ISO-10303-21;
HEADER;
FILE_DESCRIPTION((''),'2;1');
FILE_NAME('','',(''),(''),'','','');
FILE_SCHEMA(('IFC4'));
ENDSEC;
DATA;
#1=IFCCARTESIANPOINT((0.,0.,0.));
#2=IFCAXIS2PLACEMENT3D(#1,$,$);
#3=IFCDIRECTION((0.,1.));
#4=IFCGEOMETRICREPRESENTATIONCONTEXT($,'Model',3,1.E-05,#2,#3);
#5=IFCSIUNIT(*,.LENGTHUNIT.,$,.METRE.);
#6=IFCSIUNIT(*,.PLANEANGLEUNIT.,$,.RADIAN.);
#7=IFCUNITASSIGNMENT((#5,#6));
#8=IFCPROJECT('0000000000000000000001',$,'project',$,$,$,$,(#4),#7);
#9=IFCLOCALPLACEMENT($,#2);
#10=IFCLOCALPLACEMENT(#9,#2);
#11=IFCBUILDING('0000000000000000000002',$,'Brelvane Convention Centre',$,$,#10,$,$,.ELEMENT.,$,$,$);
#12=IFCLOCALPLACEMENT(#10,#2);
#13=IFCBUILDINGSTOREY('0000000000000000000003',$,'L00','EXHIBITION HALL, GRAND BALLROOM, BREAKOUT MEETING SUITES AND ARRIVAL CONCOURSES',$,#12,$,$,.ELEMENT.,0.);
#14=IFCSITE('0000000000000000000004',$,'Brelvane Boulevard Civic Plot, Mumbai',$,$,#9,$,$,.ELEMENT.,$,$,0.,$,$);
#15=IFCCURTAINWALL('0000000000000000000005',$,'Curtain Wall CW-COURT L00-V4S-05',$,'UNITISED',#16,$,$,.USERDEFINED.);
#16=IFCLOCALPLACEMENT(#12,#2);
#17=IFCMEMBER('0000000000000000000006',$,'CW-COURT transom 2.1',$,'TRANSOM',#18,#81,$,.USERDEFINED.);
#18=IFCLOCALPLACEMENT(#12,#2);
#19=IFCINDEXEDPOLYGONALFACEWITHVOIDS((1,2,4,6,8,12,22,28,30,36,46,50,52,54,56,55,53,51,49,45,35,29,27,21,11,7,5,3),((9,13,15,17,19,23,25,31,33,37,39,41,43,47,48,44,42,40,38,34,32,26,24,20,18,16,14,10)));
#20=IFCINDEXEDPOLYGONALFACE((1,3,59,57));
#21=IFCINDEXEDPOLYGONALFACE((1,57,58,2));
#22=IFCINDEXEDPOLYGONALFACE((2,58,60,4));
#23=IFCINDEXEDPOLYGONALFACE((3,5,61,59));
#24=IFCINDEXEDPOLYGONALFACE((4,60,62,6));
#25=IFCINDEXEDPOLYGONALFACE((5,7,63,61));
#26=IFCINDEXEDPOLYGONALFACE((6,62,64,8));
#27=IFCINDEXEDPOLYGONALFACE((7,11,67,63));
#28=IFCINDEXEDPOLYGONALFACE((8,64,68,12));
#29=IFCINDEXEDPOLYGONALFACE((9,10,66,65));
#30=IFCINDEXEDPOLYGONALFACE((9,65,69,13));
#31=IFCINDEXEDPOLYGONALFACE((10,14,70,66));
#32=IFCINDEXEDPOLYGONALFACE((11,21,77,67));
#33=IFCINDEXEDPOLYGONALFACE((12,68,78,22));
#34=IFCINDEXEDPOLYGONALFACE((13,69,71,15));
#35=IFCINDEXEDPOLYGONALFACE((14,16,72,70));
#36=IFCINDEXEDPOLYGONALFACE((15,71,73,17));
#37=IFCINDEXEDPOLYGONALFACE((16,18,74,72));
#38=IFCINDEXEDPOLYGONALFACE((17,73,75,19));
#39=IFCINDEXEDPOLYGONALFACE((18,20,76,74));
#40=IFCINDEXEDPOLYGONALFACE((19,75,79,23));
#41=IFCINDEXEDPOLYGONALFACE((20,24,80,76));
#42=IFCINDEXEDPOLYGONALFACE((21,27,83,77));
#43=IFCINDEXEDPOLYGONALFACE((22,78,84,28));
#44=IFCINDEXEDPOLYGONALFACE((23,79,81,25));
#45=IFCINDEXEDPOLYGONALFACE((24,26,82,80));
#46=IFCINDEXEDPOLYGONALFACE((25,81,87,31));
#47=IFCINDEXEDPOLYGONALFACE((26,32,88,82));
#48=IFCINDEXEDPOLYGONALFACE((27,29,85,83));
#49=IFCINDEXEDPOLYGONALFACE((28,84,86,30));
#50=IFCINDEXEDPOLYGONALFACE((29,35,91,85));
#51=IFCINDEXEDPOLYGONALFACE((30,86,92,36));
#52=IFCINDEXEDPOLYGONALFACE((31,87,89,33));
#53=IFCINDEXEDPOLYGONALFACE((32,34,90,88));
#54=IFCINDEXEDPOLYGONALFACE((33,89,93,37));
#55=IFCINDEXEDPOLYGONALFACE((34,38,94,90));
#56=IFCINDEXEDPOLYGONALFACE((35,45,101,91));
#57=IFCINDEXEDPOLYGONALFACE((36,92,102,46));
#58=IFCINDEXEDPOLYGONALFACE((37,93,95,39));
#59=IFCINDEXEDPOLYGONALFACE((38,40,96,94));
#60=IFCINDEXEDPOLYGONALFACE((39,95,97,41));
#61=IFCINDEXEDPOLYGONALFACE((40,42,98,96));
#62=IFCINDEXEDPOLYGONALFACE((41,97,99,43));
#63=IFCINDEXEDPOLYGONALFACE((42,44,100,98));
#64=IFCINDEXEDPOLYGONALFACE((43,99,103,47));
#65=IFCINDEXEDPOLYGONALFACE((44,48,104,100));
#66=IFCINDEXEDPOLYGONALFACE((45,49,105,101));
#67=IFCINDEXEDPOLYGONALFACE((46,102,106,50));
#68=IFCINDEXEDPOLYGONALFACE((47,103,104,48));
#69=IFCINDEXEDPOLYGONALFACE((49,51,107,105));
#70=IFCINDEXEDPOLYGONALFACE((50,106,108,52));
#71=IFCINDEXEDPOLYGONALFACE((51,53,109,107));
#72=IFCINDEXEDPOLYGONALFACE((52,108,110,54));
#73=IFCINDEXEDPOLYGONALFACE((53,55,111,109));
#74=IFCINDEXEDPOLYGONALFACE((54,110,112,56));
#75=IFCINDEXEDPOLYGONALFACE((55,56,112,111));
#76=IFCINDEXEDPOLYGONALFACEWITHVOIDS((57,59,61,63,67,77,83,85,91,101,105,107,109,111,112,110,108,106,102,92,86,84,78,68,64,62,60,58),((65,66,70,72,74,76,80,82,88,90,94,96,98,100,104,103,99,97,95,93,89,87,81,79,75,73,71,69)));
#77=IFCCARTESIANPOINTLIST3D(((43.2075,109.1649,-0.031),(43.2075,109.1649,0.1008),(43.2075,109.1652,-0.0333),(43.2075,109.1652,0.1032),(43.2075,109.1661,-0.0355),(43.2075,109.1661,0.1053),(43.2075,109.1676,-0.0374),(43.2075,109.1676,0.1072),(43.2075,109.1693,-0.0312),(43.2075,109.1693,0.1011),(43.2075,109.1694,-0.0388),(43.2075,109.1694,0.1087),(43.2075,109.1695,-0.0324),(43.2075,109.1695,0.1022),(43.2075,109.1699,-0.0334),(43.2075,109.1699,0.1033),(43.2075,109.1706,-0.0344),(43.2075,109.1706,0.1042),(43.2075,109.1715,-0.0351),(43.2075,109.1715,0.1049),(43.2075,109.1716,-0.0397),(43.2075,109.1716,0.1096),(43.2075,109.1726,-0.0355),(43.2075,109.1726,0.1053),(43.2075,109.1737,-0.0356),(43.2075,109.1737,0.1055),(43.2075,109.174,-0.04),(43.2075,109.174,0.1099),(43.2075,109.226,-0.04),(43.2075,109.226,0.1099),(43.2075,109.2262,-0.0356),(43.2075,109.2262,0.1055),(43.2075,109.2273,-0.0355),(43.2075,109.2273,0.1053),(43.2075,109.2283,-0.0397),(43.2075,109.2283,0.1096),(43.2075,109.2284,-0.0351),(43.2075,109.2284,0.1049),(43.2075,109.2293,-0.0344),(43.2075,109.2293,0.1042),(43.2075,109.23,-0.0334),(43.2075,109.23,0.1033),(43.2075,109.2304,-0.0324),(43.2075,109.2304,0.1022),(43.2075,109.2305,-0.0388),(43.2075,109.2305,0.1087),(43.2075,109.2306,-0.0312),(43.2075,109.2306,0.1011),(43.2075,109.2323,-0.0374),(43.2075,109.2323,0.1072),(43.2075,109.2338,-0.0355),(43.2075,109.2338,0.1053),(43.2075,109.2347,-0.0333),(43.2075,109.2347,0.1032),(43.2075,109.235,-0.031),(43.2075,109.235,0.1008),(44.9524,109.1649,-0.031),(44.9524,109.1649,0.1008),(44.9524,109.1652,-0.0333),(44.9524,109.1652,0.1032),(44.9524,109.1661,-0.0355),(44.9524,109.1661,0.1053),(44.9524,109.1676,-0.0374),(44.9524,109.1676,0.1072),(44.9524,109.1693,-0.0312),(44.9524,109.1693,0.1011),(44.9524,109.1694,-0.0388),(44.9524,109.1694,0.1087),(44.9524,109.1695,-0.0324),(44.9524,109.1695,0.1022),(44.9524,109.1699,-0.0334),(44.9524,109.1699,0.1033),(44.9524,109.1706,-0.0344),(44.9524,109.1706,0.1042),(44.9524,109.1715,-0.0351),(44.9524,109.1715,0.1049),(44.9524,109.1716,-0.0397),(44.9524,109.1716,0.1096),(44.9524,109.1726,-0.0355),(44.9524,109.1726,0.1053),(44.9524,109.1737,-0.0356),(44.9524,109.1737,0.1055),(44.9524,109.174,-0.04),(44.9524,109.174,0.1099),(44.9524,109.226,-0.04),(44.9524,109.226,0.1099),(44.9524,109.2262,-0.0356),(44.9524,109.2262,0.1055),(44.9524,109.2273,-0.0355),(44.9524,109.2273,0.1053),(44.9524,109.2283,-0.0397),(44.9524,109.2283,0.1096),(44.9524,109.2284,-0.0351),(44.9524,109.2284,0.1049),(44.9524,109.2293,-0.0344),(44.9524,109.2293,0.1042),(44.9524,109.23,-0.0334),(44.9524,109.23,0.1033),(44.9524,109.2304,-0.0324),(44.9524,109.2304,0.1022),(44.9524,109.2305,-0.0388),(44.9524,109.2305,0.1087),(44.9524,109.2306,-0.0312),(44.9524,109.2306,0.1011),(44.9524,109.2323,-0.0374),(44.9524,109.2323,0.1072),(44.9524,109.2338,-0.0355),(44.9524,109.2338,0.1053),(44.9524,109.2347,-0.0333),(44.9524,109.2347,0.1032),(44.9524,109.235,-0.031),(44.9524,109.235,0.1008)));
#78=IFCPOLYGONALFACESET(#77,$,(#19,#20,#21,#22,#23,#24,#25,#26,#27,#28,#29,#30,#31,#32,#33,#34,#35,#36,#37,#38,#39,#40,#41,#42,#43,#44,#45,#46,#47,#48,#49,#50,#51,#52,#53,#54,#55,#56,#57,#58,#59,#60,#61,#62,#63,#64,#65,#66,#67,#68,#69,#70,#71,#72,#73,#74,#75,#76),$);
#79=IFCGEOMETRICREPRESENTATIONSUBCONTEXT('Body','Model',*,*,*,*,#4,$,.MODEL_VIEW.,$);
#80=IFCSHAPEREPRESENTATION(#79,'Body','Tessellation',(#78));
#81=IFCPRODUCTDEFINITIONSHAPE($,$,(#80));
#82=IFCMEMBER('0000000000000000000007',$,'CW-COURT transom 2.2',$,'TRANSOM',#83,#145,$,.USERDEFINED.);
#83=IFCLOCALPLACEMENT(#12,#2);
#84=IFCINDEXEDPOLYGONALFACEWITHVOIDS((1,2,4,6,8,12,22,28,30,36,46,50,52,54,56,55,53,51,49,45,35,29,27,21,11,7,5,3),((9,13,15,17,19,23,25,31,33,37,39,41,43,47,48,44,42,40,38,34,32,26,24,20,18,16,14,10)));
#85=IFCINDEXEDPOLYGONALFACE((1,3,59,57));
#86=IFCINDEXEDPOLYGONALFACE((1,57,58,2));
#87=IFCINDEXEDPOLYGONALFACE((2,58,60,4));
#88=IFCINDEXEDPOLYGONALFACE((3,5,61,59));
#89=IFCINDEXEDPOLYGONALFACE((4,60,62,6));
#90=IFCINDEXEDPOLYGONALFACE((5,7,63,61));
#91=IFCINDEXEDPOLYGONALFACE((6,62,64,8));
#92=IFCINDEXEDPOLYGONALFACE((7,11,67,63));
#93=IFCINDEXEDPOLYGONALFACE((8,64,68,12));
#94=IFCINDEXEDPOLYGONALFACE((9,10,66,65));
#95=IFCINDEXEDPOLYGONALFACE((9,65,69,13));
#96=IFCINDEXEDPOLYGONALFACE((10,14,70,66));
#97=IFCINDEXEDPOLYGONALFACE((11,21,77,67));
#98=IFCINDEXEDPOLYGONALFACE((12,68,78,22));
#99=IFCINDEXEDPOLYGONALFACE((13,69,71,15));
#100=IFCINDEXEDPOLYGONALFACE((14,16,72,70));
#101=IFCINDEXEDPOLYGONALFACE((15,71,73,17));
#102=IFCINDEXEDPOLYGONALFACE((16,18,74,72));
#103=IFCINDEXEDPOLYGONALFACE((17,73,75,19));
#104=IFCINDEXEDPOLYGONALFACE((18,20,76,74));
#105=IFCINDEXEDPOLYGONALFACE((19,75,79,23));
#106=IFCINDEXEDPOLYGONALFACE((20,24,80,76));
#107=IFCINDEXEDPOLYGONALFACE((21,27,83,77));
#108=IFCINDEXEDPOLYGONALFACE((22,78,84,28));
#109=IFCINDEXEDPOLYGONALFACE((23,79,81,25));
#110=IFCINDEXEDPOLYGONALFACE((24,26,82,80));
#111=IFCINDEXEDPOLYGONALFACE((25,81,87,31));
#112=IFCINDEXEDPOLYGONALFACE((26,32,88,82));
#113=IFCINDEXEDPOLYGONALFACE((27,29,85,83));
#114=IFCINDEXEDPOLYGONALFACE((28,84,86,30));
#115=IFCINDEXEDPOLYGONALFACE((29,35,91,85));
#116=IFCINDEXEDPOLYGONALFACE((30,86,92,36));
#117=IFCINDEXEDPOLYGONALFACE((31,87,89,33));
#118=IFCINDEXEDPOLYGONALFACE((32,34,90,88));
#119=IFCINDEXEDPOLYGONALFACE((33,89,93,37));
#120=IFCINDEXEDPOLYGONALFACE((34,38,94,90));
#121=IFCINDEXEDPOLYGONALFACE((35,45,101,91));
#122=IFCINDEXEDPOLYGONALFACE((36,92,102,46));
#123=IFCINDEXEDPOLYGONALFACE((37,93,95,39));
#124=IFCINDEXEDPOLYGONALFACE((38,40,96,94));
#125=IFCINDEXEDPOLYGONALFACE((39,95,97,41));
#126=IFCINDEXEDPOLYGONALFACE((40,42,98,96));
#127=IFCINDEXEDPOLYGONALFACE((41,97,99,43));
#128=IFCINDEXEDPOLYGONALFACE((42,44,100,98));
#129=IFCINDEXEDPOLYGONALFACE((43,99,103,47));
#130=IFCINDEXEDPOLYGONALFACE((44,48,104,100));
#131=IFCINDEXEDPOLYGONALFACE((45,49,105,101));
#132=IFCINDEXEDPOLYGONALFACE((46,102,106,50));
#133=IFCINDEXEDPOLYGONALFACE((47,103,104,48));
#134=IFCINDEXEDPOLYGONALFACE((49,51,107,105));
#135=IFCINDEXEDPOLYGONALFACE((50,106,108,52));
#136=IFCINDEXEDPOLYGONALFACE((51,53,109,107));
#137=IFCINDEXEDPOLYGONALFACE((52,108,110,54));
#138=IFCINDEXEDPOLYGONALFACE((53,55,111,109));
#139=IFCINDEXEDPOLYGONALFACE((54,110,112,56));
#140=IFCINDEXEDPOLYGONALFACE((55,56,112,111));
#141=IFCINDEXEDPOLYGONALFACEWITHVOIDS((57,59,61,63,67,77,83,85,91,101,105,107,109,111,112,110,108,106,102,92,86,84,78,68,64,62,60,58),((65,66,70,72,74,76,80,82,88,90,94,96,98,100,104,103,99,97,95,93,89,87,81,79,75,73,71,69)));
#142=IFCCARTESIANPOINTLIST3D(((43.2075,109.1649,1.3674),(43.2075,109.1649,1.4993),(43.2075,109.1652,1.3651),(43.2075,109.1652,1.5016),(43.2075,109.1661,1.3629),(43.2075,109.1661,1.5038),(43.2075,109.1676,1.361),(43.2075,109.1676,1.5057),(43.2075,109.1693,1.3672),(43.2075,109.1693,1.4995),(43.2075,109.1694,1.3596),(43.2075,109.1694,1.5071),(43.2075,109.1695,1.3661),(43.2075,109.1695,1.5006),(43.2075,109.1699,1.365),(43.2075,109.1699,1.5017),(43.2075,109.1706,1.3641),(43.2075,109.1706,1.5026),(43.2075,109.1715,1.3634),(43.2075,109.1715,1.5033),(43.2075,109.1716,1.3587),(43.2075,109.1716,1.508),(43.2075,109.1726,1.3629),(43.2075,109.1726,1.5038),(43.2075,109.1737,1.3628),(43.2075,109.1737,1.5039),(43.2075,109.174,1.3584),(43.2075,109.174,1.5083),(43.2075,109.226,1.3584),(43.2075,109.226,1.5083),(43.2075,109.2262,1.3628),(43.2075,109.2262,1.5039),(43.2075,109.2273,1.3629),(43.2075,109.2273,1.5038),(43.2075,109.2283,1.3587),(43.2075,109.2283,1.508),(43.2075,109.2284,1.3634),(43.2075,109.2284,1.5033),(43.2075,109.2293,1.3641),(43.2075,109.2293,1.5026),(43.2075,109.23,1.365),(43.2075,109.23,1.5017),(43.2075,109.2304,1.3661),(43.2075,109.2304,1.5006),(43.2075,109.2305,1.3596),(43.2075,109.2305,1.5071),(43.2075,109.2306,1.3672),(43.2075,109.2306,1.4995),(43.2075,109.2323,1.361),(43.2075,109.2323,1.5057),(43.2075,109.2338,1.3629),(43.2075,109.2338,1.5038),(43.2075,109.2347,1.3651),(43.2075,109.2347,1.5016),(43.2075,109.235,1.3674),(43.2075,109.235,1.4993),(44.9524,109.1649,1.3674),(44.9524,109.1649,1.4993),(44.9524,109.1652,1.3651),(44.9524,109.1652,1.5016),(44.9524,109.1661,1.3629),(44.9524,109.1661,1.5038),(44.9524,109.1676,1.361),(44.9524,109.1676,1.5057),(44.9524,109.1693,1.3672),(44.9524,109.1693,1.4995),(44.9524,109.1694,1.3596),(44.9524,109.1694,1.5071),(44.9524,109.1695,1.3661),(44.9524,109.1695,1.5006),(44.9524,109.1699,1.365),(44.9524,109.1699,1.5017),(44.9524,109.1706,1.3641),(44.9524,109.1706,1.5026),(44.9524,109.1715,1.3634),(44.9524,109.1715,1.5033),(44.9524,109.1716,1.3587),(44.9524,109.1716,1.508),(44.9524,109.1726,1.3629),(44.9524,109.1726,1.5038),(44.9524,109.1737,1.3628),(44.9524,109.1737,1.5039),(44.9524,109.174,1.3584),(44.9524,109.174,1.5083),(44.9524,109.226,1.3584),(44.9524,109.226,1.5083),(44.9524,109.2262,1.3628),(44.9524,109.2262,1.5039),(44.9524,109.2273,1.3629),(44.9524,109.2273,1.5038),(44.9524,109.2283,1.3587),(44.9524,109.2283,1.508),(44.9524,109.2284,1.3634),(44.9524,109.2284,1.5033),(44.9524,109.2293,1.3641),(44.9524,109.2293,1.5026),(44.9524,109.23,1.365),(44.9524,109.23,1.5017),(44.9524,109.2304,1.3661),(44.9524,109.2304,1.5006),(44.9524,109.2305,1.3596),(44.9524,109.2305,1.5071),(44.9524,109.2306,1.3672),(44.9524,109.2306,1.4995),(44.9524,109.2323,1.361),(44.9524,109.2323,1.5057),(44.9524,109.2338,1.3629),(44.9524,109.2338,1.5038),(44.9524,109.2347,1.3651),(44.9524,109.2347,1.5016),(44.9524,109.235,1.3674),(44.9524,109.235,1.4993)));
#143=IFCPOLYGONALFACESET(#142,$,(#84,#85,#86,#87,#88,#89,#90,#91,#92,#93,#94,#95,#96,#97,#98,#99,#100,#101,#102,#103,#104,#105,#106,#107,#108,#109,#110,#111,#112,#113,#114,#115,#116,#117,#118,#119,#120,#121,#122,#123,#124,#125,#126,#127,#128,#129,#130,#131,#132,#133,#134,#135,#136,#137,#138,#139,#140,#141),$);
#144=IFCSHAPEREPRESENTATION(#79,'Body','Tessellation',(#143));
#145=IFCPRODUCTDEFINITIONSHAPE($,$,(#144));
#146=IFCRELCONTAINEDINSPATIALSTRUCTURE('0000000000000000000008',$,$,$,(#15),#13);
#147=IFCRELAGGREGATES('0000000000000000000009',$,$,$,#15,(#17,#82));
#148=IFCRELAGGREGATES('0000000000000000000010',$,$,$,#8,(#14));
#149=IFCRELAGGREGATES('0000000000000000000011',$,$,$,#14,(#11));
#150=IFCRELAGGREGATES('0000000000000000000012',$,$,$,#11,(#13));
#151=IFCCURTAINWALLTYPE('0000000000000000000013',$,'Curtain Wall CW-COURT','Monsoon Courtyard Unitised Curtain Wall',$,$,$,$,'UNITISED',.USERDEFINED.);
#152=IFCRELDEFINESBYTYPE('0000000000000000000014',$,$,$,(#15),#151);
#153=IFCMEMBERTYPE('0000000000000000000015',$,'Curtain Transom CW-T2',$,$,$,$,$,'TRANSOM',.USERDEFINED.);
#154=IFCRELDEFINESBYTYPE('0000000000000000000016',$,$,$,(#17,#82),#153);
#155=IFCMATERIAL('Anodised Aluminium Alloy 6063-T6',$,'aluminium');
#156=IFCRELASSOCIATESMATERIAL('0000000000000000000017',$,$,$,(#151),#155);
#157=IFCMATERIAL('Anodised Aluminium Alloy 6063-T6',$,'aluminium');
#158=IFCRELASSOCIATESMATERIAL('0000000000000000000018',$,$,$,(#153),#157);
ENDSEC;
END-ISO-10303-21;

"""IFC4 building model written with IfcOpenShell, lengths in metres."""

from ifc_helpers import new_model, si_unit, direction, frame, origin, origin_2d, place, context, subcontext, project, spatial, hollow_rectangle, extrude, material, material_profile, profile_set, type_object, element, aggregate, save


model = new_model("IFC4")

# Units and contexts
model_context = context("Model", 3, precision=1e-05, world=origin(), true_north=direction((0.0, 1.0)))
body_context = subcontext(model_context, "Body", "Model", "MODEL_VIEW")
ifc_project = project(units=[si_unit("LENGTHUNIT", "METRE"), si_unit("PLANEANGLEUNIT", "RADIAN")], contexts=[model_context])

# Site, building, storey
site_placement = place(None, origin())
site = spatial("IfcSite", under=ifc_project, at=site_placement, Name="Brelvane Boulevard Civic Plot, Mumbai", CompositionType="ELEMENT", RefElevation=0.0)
building_placement = place(site_placement, origin())
building = spatial("IfcBuilding", under=site, at=building_placement, Name="Brelvane Convention Centre", CompositionType="ELEMENT")
storey_placement = place(building_placement, origin())
storey = spatial("IfcBuildingStorey", under=building, at=storey_placement, Name="L00", Description="EXHIBITION HALL, GRAND BALLROOM, BREAKOUT MEETING SUITES AND ARRIVAL CONCOURSES", CompositionType="ELEMENT", Elevation=0.0)

# Curtain wall, members
ifc_material_1 = material(Name="Anodised Aluminium Alloy 6063-T6", Category="aluminium")
curtain_wall_type = type_object("IfcCurtainWallType", Name="Curtain Wall CW-COURT", Description="Monsoon Courtyard Unitised Curtain Wall", ElementType="UNITISED", PredefinedType="USERDEFINED", material=ifc_material_1)
curtain_wall_placement = place(storey_placement, origin())
curtain_wall = element("IfcCurtainWall", 1, at=curtain_wall_placement, inside=storey, type_object=curtain_wall_type, Name="Curtain Wall CW-COURT L00-V4S-05", ObjectType="UNITISED", PredefinedType="USERDEFINED")
ifc_material_2 = material(Name="Anodised Aluminium Alloy 6063-T6", Category="aluminium")
ifc_material_profile_1 = material_profile(ifc_material_2, hollow_rectangle(XDim=0.0701, YDim=0.1499, WallThickness=0.0044, InnerFilletRadius=0.0044, OuterFilletRadius=0.009, at=origin_2d()), Name="ALU-T 150x70x4.5")
ifc_profile_set_1 = profile_set([ifc_material_profile_1], Name="Anodised Aluminium Alloy 6063-T6")
member_type_1 = type_object("IfcMemberType", Name="Curtain Transom CW-T2", ElementType="TRANSOM", PredefinedType="USERDEFINED", material=ifc_profile_set_1)
member_1_placement = place(storey_placement, frame((43.2075, 109.2, 0.0349), z_axis=(1.0, 0.0, 0.0), x_axis=(0.0, 1.0, 0.0)))
member_1 = element("IfcMember", 2, at=member_1_placement, type_object=member_type_1, Name="CW-COURT transom 2.1", ObjectType="TRANSOM", PredefinedType="USERDEFINED", context=body_context, shape_type="SweptSolid", body=[
    extrude(hollow_rectangle(XDim=0.0701, YDim=0.1499, WallThickness=0.0044, InnerFilletRadius=0.0044, OuterFilletRadius=0.009, at=origin_2d()), origin(), (0.0, 0.0, 1.0), 1.7449),
])
member_2_placement = place(storey_placement, frame((43.2075, 109.2, 1.4333), z_axis=(1.0, 0.0, 0.0), x_axis=(0.0, 1.0, 0.0)))
member_2 = element("IfcMember", 3, at=member_2_placement, type_object=member_type_1, Name="CW-COURT transom 2.2", ObjectType="TRANSOM", PredefinedType="USERDEFINED", context=body_context, shape_type="SweptSolid", body=[
    extrude(hollow_rectangle(XDim=0.0701, YDim=0.1499, WallThickness=0.0044, InnerFilletRadius=0.0044, OuterFilletRadius=0.009, at=origin_2d()), origin(), (0.0, 0.0, 1.0), 1.7449),
])

aggregate(curtain_wall, [member_1, member_2])

save(model, "model.ifc")
